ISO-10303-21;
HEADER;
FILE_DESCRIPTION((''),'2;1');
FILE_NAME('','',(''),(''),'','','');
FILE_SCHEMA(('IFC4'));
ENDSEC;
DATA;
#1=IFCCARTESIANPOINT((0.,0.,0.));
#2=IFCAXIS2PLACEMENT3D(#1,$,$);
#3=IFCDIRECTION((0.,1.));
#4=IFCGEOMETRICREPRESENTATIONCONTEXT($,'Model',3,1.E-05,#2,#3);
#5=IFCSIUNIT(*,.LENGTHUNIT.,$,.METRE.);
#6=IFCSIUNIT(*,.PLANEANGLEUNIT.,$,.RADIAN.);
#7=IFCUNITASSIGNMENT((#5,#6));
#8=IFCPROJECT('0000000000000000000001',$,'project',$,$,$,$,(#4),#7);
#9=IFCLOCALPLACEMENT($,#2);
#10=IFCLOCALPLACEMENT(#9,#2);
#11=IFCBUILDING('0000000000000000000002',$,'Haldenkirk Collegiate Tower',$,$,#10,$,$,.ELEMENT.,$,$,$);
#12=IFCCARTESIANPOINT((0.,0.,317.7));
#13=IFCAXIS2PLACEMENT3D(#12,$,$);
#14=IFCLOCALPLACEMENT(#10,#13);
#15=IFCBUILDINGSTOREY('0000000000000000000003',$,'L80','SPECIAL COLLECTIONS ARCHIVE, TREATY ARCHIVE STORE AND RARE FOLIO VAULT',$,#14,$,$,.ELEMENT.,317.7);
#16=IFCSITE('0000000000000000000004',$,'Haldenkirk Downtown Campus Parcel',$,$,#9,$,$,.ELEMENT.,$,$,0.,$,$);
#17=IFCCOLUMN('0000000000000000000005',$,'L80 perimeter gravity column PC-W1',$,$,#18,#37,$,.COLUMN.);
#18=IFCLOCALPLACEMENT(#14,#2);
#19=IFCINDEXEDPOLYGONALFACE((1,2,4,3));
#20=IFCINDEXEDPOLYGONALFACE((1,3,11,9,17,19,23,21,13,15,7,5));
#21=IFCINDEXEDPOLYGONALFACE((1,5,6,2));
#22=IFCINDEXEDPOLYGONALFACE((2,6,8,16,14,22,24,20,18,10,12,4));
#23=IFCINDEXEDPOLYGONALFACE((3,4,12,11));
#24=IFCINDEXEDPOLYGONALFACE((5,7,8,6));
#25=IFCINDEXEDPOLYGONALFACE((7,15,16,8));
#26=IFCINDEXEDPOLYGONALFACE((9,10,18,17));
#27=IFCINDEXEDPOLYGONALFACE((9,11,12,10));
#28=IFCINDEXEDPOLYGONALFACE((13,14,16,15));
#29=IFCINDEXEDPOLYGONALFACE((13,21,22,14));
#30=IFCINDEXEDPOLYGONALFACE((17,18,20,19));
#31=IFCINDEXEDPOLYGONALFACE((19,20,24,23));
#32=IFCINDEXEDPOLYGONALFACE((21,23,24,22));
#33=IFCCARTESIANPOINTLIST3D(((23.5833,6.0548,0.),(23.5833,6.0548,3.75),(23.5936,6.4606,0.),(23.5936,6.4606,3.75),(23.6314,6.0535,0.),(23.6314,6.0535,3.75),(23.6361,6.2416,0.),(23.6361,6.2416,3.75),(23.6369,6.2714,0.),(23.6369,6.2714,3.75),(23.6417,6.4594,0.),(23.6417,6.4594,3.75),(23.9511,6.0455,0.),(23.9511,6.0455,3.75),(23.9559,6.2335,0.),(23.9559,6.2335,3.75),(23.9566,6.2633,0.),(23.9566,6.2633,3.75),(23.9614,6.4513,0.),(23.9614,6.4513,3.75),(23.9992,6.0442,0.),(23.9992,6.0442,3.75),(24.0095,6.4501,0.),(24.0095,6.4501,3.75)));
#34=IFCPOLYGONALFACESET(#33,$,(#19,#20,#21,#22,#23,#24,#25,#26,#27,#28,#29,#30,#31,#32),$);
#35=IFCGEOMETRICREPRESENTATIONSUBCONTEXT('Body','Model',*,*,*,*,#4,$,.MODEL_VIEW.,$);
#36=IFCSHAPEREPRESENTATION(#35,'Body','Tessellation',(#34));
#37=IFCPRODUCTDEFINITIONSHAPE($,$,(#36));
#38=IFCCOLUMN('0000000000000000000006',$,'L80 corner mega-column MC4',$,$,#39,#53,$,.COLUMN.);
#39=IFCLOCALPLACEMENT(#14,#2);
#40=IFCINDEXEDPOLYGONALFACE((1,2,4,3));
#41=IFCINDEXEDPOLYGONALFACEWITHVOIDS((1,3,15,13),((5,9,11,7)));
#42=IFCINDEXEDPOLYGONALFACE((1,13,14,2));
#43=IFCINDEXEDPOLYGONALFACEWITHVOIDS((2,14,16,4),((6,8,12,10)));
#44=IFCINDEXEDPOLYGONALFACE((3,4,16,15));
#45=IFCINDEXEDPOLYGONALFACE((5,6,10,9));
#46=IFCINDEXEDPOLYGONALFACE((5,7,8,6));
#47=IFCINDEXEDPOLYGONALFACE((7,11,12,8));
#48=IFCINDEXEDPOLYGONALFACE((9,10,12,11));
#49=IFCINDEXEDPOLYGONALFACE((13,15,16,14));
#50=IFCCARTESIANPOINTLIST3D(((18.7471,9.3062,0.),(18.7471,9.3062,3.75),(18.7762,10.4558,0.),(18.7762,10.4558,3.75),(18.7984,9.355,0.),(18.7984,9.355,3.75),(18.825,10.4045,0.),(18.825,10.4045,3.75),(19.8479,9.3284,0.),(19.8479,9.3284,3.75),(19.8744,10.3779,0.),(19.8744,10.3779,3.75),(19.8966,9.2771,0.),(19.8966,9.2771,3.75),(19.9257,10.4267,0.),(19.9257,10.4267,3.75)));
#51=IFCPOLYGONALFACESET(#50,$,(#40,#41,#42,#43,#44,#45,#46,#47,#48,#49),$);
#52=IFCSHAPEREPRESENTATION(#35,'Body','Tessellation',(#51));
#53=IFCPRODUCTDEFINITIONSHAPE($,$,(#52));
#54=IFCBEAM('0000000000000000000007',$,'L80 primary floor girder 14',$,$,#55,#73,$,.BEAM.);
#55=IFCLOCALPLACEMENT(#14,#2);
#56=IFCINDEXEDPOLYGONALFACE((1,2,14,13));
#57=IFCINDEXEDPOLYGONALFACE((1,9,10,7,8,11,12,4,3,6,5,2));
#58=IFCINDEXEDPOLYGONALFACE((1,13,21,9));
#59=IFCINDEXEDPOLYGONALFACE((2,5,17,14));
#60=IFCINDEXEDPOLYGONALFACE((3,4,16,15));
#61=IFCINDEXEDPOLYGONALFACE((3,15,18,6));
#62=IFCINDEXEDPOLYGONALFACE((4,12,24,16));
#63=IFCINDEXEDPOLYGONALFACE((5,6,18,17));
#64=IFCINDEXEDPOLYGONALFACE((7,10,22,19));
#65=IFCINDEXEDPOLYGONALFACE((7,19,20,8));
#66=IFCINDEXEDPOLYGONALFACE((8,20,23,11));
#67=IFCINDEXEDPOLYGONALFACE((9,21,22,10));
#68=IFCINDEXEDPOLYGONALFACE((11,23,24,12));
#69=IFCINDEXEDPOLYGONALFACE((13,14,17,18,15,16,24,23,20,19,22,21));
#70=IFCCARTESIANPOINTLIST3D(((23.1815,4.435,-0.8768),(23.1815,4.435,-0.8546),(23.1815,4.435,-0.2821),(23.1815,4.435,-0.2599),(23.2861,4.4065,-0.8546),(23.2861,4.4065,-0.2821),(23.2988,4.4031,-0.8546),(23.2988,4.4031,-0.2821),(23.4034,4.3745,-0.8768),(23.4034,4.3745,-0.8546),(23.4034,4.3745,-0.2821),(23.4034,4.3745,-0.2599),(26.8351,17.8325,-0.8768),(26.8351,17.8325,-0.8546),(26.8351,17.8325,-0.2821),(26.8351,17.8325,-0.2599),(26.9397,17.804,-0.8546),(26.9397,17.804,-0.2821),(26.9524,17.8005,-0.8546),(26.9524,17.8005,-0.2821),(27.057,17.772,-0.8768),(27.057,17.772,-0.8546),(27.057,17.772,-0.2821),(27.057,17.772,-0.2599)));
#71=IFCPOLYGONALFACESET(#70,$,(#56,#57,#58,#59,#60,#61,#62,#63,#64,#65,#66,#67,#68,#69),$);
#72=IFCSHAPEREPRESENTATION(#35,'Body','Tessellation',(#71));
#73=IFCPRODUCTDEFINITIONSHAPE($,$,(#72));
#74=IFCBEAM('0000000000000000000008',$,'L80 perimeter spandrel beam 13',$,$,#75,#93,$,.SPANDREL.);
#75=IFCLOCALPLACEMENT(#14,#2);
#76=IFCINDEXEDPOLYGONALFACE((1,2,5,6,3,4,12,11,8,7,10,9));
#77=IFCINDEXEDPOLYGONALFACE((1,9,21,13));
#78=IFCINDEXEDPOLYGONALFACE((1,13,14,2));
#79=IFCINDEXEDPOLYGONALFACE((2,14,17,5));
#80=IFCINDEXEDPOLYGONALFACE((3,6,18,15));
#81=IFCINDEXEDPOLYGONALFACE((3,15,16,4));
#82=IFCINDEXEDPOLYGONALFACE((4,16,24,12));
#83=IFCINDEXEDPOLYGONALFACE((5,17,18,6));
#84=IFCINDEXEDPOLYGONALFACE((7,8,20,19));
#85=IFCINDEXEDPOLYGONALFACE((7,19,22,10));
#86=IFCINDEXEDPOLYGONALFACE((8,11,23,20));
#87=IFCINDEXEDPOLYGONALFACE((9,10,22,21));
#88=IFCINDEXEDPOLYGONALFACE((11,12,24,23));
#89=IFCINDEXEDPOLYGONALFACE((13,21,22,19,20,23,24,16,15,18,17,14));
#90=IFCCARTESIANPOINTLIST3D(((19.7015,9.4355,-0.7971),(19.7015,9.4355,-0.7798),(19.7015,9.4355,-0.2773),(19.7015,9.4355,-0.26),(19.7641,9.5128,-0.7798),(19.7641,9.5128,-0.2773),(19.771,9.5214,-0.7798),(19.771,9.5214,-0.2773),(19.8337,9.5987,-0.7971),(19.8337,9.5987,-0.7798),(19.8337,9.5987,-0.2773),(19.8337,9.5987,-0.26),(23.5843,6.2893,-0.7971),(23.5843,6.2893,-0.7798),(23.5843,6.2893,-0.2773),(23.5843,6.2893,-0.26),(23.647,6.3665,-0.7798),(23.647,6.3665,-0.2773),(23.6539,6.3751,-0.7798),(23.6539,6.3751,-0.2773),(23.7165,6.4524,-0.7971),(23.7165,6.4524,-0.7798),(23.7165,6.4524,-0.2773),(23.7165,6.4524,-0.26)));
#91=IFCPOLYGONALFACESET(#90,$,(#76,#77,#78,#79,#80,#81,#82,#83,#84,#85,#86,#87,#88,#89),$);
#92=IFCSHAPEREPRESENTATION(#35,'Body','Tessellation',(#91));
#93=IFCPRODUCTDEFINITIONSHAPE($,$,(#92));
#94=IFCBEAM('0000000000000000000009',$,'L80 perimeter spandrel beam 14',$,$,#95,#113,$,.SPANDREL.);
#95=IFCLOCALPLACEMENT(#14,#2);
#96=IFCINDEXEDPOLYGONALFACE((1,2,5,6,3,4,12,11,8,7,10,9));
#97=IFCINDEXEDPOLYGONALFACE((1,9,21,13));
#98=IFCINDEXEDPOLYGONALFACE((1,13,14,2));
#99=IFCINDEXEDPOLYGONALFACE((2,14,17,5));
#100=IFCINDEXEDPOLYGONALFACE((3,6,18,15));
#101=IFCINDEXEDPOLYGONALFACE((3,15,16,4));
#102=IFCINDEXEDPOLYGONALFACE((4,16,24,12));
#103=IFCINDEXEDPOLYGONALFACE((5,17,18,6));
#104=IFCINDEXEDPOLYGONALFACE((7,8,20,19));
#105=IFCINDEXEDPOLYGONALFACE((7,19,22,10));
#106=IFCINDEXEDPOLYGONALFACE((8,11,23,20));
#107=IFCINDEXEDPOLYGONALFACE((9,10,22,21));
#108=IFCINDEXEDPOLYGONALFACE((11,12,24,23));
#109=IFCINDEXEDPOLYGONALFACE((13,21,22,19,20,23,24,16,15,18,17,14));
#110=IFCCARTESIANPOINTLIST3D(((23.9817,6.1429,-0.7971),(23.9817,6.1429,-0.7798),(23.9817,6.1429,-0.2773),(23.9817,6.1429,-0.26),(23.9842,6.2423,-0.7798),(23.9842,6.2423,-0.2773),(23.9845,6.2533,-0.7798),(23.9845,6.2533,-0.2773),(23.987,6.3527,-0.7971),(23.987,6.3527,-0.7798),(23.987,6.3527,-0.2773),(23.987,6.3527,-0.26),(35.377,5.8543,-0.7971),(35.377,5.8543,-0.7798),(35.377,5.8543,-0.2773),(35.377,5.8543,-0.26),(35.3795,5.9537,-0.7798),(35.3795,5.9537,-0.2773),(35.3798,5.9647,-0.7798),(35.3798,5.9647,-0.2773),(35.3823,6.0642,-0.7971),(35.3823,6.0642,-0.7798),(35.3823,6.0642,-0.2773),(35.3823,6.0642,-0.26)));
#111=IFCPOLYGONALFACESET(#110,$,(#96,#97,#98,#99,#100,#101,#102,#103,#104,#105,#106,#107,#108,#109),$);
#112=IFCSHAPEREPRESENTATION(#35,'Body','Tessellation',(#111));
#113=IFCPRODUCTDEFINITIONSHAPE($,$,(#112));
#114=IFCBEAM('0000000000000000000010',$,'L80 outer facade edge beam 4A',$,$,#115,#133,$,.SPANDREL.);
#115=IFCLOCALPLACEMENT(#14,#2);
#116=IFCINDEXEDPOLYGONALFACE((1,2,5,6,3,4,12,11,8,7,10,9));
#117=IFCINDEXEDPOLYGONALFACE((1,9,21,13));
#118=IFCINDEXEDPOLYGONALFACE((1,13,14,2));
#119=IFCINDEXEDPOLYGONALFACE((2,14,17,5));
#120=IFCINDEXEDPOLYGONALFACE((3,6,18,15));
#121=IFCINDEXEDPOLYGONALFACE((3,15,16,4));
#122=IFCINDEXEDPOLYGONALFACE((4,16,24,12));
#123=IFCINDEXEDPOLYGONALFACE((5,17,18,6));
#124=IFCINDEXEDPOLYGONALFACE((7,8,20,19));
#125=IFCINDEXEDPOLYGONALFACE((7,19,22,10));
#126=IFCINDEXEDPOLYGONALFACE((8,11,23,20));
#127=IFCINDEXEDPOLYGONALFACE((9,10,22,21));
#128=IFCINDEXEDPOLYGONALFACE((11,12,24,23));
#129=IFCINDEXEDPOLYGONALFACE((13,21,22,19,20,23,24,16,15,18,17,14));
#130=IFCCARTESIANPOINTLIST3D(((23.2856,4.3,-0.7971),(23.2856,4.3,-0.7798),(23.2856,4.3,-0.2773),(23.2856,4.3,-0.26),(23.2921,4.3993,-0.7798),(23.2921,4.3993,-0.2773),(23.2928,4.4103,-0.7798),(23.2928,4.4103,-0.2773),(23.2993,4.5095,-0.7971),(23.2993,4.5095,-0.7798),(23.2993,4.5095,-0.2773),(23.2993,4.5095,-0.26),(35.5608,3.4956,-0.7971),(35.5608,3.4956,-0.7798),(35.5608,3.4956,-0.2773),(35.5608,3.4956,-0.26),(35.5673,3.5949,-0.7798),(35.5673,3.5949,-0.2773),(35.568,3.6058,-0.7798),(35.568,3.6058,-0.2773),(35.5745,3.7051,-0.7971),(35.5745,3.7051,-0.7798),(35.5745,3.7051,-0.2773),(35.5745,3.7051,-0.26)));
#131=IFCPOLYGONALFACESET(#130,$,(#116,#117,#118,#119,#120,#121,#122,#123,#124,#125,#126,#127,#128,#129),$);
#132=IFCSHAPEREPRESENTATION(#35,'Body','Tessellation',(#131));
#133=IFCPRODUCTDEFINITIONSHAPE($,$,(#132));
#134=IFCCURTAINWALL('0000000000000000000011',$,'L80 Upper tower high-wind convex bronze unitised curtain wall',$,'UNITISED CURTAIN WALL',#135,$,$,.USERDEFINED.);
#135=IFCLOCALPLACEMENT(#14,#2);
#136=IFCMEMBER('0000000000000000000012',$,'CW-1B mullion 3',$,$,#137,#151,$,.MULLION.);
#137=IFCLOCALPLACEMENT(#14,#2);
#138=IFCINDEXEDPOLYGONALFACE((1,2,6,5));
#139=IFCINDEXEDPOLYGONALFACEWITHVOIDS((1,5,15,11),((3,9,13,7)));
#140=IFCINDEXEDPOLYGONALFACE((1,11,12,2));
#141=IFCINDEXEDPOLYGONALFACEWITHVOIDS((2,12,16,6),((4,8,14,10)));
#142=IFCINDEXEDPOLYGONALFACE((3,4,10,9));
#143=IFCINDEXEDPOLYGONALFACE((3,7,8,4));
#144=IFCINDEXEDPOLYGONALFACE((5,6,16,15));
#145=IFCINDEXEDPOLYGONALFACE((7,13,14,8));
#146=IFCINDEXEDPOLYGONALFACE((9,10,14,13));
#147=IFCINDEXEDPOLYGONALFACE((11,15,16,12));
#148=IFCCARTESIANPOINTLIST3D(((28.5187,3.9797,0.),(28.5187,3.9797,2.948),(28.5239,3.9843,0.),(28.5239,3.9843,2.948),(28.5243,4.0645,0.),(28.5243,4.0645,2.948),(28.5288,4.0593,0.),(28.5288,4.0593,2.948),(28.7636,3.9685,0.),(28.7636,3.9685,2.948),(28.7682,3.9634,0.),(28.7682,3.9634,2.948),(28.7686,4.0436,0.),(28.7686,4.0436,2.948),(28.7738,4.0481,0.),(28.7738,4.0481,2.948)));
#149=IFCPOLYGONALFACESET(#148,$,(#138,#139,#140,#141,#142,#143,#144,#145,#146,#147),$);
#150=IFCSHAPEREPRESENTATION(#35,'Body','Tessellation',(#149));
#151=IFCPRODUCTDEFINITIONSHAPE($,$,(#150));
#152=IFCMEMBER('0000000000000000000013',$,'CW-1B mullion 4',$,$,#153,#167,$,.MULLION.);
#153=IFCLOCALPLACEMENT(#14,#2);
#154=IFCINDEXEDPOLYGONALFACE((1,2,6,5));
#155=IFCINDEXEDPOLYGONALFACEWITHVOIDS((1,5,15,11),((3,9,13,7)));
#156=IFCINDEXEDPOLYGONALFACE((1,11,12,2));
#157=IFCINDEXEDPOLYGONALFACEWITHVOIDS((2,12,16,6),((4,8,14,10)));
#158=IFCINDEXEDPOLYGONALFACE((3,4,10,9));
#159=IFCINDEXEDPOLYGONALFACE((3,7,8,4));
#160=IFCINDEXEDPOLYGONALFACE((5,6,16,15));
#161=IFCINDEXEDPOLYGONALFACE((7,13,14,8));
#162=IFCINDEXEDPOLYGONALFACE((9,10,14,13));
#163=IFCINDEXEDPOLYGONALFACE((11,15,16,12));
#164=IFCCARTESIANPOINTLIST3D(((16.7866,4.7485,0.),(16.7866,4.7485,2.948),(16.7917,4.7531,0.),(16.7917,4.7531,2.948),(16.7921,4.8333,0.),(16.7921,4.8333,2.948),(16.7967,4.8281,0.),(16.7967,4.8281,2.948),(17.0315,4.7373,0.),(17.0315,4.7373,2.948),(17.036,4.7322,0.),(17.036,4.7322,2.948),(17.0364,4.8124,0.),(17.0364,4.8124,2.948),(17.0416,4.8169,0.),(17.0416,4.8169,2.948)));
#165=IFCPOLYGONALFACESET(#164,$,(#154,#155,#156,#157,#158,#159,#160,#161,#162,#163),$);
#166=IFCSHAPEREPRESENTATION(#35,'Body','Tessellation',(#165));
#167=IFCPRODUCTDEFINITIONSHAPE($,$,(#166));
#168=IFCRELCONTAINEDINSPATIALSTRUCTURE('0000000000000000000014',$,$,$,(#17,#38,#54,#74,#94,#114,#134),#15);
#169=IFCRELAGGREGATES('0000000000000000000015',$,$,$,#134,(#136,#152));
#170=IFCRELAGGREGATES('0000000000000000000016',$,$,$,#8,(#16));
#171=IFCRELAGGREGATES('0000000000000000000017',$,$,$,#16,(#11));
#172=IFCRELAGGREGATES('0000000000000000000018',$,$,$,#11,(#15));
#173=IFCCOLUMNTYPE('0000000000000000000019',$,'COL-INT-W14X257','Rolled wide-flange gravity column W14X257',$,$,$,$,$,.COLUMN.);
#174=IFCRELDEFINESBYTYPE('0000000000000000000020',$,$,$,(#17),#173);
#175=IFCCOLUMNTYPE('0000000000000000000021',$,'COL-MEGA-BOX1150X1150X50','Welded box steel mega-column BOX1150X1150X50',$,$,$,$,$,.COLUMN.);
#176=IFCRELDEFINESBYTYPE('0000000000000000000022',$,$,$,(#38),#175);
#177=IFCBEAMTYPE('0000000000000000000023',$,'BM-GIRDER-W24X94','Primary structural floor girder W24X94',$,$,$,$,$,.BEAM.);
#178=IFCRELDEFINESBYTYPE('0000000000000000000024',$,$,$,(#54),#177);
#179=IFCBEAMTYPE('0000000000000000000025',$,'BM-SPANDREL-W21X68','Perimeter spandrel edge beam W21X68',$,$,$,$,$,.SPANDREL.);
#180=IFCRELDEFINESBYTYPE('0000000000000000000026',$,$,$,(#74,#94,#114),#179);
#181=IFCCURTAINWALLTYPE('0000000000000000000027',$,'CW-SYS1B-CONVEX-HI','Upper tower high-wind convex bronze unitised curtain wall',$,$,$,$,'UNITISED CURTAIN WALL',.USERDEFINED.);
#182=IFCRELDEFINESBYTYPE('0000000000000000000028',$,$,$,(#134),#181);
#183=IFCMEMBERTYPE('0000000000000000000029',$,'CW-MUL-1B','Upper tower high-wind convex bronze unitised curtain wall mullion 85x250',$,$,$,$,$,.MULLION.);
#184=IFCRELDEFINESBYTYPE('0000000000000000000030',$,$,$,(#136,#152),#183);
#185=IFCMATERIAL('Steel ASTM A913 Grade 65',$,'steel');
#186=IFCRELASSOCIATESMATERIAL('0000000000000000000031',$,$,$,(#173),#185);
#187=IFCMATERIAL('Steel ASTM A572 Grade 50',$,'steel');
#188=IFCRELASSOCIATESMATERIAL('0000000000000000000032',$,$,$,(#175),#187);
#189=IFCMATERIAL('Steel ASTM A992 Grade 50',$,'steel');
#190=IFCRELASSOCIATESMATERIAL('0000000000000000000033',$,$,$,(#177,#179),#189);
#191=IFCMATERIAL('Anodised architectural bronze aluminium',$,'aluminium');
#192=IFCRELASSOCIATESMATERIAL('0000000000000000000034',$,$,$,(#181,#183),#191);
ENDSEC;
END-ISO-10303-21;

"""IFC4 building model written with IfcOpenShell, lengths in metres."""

from ifc_helpers import new_model, si_unit, direction, frame, origin, origin_2d, place, context, subcontext, project, spatial, hollow_rectangle, i_section, extrude, material, material_profile, profile_set, type_object, element, aggregate, save


model = new_model("IFC4")

# Units and contexts
model_context = context("Model", 3, precision=1e-05, world=origin(), true_north=direction((0.0, 1.0)))
body_context = subcontext(model_context, "Body", "Model", "MODEL_VIEW")
ifc_project = project(units=[si_unit("LENGTHUNIT", "METRE"), si_unit("PLANEANGLEUNIT", "RADIAN")], contexts=[model_context])

# Site, building, storey
site_placement = place(None, origin())
site = spatial("IfcSite", under=ifc_project, at=site_placement, Name="Haldenkirk Downtown Campus Parcel", CompositionType="ELEMENT", RefElevation=0.0)
building_placement = place(site_placement, origin())
building = spatial("IfcBuilding", under=site, at=building_placement, Name="Haldenkirk Collegiate Tower", CompositionType="ELEMENT")
storey_placement = place(building_placement, frame((0.0, 0.0, 317.7)))
storey = spatial("IfcBuildingStorey", under=building, at=storey_placement, Name="L80", Description="SPECIAL COLLECTIONS ARCHIVE, TREATY ARCHIVE STORE AND RARE FOLIO VAULT", CompositionType="ELEMENT", Elevation=317.7)

# Columns
ifc_material_1 = material(Name="Steel ASTM A913 Grade 65", Category="steel")
ifc_material_profile_1 = material_profile(ifc_material_1, i_section(OverallWidth=0.406, OverallDepth=0.416, WebThickness=0.0298, FlangeThickness=0.0481, at=origin_2d()), Name="W14X257")
ifc_profile_set_1 = profile_set([ifc_material_profile_1], Name="Steel ASTM A913 Grade 65")
column_type_1 = type_object("IfcColumnType", Name="COL-INT-W14X257", Description="Rolled wide-flange gravity column W14X257", PredefinedType="COLUMN", material=ifc_profile_set_1)
column_1_placement = place(storey_placement, frame((23.7964, 6.2524, 0.0), z_axis=(0.0, 0.0, 1.0), x_axis=(0.025305, 0.99968, 0.0)))
element("IfcColumn", 1, at=column_1_placement, inside=storey, type_object=column_type_1, Name="L80 perimeter gravity column PC-W1", PredefinedType="COLUMN", context=body_context, shape_type="SweptSolid", body=[
    extrude(i_section(OverallWidth=0.406, OverallDepth=0.416, WebThickness=0.0298, FlangeThickness=0.0481, at=origin_2d()), origin(), (0.0, 0.0, 1.0), 3.75),
])
ifc_material_2 = material(Name="Steel ASTM A572 Grade 50", Category="steel")
ifc_material_profile_2 = material_profile(ifc_material_2, hollow_rectangle(XDim=1.1499, YDim=1.1499, WallThickness=0.05, at=origin_2d()), Name="BOX1150X1150X50")
ifc_profile_set_2 = profile_set([ifc_material_profile_2], Name="Steel ASTM A572 Grade 50")
column_type_2 = type_object("IfcColumnType", Name="COL-MEGA-BOX1150X1150X50", Description="Welded box steel mega-column BOX1150X1150X50", PredefinedType="COLUMN", material=ifc_profile_set_2)
column_2_placement = place(storey_placement, frame((19.3364, 9.8665, 0.0), z_axis=(0.0, 0.0, 1.0), x_axis=(0.025305, 0.99968, 0.0)))
element("IfcColumn", 2, at=column_2_placement, inside=storey, type_object=column_type_2, Name="L80 corner mega-column MC4", PredefinedType="COLUMN", context=body_context, shape_type="SweptSolid", body=[
    extrude(hollow_rectangle(XDim=1.1499, YDim=1.1499, WallThickness=0.05, at=origin_2d()), origin(), (0.0, 0.0, 1.0), 3.75),
])

# Beams
ifc_material_3 = material(Name="Steel ASTM A992 Grade 50", Category="steel")
ifc_material_profile_3 = material_profile(ifc_material_3, i_section(OverallWidth=0.23, OverallDepth=0.6169, WebThickness=0.0132, FlangeThickness=0.0222, at=origin_2d()), Name="W24X94")
ifc_profile_set_3 = profile_set([ifc_material_profile_3], Name="Steel ASTM A992 Grade 50")
beam_type_1 = type_object("IfcBeamType", Name="BM-GIRDER-W24X94", Description="Primary structural floor girder W24X94", PredefinedType="BEAM", material=ifc_profile_set_3)
beam_1_placement = place(storey_placement, frame((23.2925, 4.4048, -0.5684), z_axis=(0.263098, 0.964769, 0.0), x_axis=(-0.964769, 0.263098, 0.0)))
element("IfcBeam", 3, at=beam_1_placement, inside=storey, type_object=beam_type_1, Name="L80 primary floor girder 14", PredefinedType="BEAM", context=body_context, shape_type="SweptSolid", body=[
    extrude(i_section(OverallWidth=0.23, OverallDepth=0.6169, WebThickness=0.0132, FlangeThickness=0.0222, at=origin_2d()), origin(), (0.0, 0.0, 1.0), 13.8867),
])
ifc_material_profile_4 = material_profile(ifc_material_3, i_section(OverallWidth=0.21, OverallDepth=0.5371, WebThickness=0.011, FlangeThickness=0.0173, at=origin_2d()), Name="W21X68")
ifc_profile_set_4 = profile_set([ifc_material_profile_4], Name="Steel ASTM A992 Grade 50")
beam_type_2 = type_object("IfcBeamType", Name="BM-SPANDREL-W21X68", Description="Perimeter spandrel edge beam W21X68", PredefinedType="SPANDREL", material=ifc_profile_set_4)
beam_2_placement = place(storey_placement, frame((19.7676, 9.5171, -0.5286), z_axis=(0.77695, -0.629562, 0.0), x_axis=(0.629562, 0.77695, 0.0)))
element("IfcBeam", 4, at=beam_2_placement, inside=storey, type_object=beam_type_2, Name="L80 perimeter spandrel beam 13", PredefinedType="SPANDREL", context=body_context, shape_type="SweptSolid", body=[
    extrude(i_section(OverallWidth=0.21, OverallDepth=0.5371, WebThickness=0.011, FlangeThickness=0.0173, at=origin_2d()), origin(), (0.0, 0.0, 1.0), 4.9976),
])
beam_3_placement = place(storey_placement, frame((23.9844, 6.2478, -0.5286), z_axis=(0.99968, -0.025316, 0.0), x_axis=(0.025316, 0.99968, 0.0)))
element("IfcBeam", 5, at=beam_3_placement, inside=storey, type_object=beam_type_2, Name="L80 perimeter spandrel beam 14", PredefinedType="SPANDREL", context=body_context, shape_type="SweptSolid", body=[
    extrude(i_section(OverallWidth=0.21, OverallDepth=0.5371, WebThickness=0.011, FlangeThickness=0.0173, at=origin_2d()), origin(), (0.0, 0.0, 1.0), 11.3989),
])
beam_4_placement = place(storey_placement, frame((23.2925, 4.4048, -0.5286), z_axis=(0.99786, -0.065394, 0.0), x_axis=(0.065394, 0.99786, 0.0)))
element("IfcBeam", 6, at=beam_4_placement, inside=storey, type_object=beam_type_2, Name="L80 outer facade edge beam 4A", PredefinedType="SPANDREL", context=body_context, shape_type="SweptSolid", body=[
    extrude(i_section(OverallWidth=0.21, OverallDepth=0.5371, WebThickness=0.011, FlangeThickness=0.0173, at=origin_2d()), origin(), (0.0, 0.0, 1.0), 12.3015),
])

# Curtain wall, members
ifc_material_4 = material(Name="Anodised architectural bronze aluminium", Category="aluminium")
curtain_wall_type = type_object("IfcCurtainWallType", Name="CW-SYS1B-CONVEX-HI", Description="Upper tower high-wind convex bronze unitised curtain wall", ElementType="UNITISED CURTAIN WALL", PredefinedType="USERDEFINED", material=ifc_material_4)
curtain_wall_placement = place(storey_placement, origin())
curtain_wall = element("IfcCurtainWall", 7, at=curtain_wall_placement, inside=storey, type_object=curtain_wall_type, Name="L80 Upper tower high-wind convex bronze unitised curtain wall", ObjectType="UNITISED CURTAIN WALL", PredefinedType="USERDEFINED")
ifc_material_profile_5 = material_profile(ifc_material_4, hollow_rectangle(XDim=0.085, YDim=0.25, WallThickness=0.0049, at=origin_2d()), Name="CW-MUL-1B")
ifc_profile_set_5 = profile_set([ifc_material_profile_5], Name="Anodised architectural bronze aluminium")
member_type_1 = type_object("IfcMemberType", Name="CW-MUL-1B", Description="Upper tower high-wind convex bronze unitised curtain wall mullion 85x250", PredefinedType="MULLION", material=ifc_profile_set_5)
member_1_placement = place(storey_placement, frame((28.6462, 4.0139, 0.0), z_axis=(0.0, 0.0, 1.0), x_axis=(-0.065401, -0.997859, 0.0)))
member_1 = element("IfcMember", 8, at=member_1_placement, type_object=member_type_1, Name="CW-1B mullion 3", PredefinedType="MULLION", context=body_context, shape_type="SweptSolid", body=[
    extrude(hollow_rectangle(XDim=0.085, YDim=0.25, WallThickness=0.0049, at=origin_2d()), origin(), (0.0, 0.0, 1.0), 2.948),
])
member_2_placement = place(storey_placement, frame((16.9141, 4.7827, 0.0), z_axis=(0.0, 0.0, 1.0), x_axis=(-0.065401, -0.997859, 0.0)))
member_2 = element("IfcMember", 9, at=member_2_placement, type_object=member_type_1, Name="CW-1B mullion 4", PredefinedType="MULLION", context=body_context, shape_type="SweptSolid", body=[
    extrude(hollow_rectangle(XDim=0.085, YDim=0.25, WallThickness=0.0049, at=origin_2d()), origin(), (0.0, 0.0, 1.0), 2.948),
])

aggregate(curtain_wall, [member_1, member_2])

save(model, "model.ifc")
